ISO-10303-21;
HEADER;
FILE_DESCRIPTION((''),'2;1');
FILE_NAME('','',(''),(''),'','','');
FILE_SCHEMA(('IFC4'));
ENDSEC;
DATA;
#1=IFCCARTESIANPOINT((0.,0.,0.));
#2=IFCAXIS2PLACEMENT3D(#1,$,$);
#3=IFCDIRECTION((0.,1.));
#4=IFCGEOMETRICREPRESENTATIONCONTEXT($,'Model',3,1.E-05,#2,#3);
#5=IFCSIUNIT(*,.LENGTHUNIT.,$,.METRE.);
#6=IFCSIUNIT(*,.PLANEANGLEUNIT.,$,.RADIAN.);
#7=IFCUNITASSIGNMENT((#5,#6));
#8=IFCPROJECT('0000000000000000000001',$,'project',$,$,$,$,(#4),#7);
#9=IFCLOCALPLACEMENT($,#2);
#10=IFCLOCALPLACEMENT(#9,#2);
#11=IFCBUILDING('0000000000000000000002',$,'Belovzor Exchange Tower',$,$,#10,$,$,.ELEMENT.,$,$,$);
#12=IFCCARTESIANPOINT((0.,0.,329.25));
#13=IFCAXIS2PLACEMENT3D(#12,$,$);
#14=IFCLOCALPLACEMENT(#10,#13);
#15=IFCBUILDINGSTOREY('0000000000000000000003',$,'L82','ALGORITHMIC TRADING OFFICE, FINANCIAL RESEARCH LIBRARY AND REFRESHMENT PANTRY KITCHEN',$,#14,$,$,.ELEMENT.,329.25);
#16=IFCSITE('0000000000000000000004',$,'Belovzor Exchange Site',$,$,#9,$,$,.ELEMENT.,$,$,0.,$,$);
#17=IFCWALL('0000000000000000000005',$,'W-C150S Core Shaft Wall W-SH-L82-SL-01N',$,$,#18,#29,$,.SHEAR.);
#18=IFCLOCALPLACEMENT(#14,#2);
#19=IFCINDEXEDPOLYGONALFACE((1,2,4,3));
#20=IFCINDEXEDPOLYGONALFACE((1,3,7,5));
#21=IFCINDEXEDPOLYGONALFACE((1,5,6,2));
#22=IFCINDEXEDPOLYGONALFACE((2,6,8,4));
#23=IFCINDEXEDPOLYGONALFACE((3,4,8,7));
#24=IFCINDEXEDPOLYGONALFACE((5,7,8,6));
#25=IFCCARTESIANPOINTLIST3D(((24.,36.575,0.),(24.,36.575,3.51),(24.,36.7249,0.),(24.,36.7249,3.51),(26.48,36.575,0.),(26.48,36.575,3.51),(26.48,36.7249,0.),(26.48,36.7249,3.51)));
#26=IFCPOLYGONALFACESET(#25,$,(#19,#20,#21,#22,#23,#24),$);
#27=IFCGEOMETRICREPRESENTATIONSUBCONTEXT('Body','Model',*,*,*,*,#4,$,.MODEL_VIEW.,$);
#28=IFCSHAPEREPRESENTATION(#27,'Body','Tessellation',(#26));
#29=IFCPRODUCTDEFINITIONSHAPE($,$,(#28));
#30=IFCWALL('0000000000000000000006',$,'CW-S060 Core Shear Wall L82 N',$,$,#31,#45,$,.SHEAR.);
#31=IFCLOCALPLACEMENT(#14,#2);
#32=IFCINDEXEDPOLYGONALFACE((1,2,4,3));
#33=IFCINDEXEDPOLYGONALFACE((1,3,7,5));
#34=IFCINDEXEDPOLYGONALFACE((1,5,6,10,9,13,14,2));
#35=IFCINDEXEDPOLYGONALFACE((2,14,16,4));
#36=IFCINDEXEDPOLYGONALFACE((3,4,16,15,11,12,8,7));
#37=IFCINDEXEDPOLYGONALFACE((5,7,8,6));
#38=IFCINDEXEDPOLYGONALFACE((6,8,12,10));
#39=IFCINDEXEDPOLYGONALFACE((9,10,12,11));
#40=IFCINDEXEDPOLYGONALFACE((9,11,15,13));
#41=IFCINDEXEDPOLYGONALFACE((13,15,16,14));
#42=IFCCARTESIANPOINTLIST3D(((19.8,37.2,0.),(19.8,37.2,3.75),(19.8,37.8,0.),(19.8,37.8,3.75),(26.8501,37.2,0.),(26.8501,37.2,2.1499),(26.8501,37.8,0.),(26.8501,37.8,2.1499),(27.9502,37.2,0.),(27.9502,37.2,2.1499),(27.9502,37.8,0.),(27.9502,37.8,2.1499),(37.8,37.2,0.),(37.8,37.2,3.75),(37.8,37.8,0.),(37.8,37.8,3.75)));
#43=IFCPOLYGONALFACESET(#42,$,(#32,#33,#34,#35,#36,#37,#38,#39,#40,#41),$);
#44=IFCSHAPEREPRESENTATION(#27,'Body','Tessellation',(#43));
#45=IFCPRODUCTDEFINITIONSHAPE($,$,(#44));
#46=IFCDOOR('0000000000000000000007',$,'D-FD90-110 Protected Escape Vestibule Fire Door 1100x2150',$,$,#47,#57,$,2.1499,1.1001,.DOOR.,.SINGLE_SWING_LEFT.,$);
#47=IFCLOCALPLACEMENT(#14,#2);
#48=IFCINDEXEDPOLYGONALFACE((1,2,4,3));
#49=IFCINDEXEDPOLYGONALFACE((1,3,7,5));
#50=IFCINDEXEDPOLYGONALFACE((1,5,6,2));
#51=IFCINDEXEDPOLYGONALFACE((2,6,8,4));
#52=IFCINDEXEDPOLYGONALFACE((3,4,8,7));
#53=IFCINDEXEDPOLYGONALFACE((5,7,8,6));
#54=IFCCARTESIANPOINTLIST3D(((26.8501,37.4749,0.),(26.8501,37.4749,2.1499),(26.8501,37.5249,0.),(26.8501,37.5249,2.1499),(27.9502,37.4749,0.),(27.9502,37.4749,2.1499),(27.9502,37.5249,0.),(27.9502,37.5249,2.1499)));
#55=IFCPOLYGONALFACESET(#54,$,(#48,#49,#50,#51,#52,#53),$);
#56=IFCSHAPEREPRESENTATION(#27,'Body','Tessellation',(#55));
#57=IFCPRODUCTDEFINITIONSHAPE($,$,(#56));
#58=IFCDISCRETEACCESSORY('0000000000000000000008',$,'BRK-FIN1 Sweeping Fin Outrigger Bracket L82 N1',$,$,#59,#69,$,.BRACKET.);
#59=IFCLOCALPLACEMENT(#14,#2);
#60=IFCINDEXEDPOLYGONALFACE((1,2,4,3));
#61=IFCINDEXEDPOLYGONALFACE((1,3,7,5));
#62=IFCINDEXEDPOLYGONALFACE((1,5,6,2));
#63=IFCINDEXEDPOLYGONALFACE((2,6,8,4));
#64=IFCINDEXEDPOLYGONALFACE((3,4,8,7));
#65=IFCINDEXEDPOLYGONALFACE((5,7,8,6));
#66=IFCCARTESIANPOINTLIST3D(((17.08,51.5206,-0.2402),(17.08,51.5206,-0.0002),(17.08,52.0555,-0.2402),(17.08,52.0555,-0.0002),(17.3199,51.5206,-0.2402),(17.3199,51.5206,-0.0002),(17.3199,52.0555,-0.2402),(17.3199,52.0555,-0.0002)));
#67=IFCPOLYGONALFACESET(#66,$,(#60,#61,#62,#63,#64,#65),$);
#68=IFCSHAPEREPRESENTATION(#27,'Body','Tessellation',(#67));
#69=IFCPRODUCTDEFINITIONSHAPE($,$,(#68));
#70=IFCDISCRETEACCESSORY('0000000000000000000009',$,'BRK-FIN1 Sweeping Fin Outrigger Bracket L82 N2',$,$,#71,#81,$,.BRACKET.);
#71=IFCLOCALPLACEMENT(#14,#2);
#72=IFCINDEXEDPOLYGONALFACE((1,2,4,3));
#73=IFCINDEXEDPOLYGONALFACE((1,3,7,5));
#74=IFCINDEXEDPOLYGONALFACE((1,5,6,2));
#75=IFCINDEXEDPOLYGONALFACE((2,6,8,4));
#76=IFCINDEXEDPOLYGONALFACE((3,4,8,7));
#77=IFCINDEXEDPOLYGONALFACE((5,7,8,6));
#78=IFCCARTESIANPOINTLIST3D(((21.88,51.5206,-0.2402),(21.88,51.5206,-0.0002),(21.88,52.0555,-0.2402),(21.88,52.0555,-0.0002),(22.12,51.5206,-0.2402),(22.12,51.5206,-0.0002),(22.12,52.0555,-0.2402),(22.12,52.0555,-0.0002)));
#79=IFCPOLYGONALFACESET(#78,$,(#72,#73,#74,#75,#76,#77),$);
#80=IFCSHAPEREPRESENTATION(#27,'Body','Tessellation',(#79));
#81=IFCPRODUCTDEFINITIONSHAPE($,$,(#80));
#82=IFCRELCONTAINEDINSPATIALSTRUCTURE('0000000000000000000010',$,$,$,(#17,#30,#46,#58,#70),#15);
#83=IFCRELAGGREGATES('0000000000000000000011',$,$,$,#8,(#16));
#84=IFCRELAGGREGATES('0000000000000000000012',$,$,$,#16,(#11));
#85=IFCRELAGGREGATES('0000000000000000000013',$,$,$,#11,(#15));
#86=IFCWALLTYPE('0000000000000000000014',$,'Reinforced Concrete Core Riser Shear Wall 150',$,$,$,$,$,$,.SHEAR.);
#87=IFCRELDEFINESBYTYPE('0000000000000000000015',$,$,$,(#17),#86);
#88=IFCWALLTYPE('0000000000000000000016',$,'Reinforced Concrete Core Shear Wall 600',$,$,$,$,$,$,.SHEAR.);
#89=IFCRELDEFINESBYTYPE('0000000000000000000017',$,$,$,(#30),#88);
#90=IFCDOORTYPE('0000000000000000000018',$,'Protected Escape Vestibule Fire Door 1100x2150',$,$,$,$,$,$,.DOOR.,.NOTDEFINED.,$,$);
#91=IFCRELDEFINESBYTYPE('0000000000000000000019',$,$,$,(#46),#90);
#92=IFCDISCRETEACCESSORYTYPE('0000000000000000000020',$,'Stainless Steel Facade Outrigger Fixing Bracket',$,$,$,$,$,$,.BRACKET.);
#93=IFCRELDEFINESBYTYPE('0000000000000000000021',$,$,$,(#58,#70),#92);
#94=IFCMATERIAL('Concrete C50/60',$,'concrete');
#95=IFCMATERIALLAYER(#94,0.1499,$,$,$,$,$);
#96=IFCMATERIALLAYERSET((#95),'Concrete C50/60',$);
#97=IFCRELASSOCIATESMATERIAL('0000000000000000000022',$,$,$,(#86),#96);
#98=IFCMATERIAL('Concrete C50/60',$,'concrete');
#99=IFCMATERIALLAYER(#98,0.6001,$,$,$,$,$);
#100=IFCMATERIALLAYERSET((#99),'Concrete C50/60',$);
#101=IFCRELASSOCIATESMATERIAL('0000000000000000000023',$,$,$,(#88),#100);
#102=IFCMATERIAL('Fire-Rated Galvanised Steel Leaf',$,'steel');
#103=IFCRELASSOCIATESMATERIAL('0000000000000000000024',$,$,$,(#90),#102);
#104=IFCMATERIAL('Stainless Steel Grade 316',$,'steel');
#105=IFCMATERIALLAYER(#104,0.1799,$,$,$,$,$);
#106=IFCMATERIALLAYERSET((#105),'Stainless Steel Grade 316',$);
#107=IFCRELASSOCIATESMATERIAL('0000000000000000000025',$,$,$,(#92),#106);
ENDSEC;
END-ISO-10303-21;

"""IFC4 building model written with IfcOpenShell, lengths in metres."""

from ifc_helpers import new_model, si_unit, direction, frame, frame_2d, origin, origin_2d, place, context, subcontext, project, spatial, rectangle, extrude, material, layer, layer_set, type_object, element, fill, save


model = new_model("IFC4")

# Units and contexts
model_context = context("Model", 3, precision=1e-05, world=origin(), true_north=direction((0.0, 1.0)))
body_context = subcontext(model_context, "Body", "Model", "MODEL_VIEW")
ifc_project = project(units=[si_unit("LENGTHUNIT", "METRE"), si_unit("PLANEANGLEUNIT", "RADIAN")], contexts=[model_context])

# Site, building, storey
site_placement = place(None, origin())
site = spatial("IfcSite", under=ifc_project, at=site_placement, Name="Belovzor Exchange Site", CompositionType="ELEMENT", RefElevation=0.0)
building_placement = place(site_placement, origin())
building = spatial("IfcBuilding", under=site, at=building_placement, Name="Belovzor Exchange Tower", CompositionType="ELEMENT")
storey_placement = place(building_placement, frame((0.0, 0.0, 329.25)))
storey = spatial("IfcBuildingStorey", under=building, at=storey_placement, Name="L82", Description="ALGORITHMIC TRADING OFFICE, FINANCIAL RESEARCH LIBRARY AND REFRESHMENT PANTRY KITCHEN", CompositionType="ELEMENT", Elevation=329.25)

# Wall
ifc_material_1 = material(Name="Concrete C50/60", Category="concrete")
ifc_layer_1 = layer(ifc_material_1, 0.1499)
ifc_layer_set_1 = layer_set([ifc_layer_1], Name="Concrete C50/60")
wall_type_1 = type_object("IfcWallType", Name="Reinforced Concrete Core Riser Shear Wall 150", PredefinedType="SHEAR", material=ifc_layer_set_1)
wall_1_placement = place(storey_placement, frame((24.0, 36.6499, 0.0), z_axis=(0.0, 0.0, 1.0), x_axis=(1.0, 0.0, 0.0)))
element("IfcWall", 1, at=wall_1_placement, inside=storey, type_object=wall_type_1, Name="W-C150S Core Shaft Wall W-SH-L82-SL-01N", PredefinedType="SHEAR", context=body_context, shape_type="SweptSolid", body=[
    extrude(rectangle(XDim=2.48, YDim=0.1499, at=frame_2d((1.24, 0.0))), origin(), (0.0, 0.0, 1.0), 3.51),
])

# Wall, opening, door
ifc_material_2 = material(Name="Concrete C50/60", Category="concrete")
ifc_layer_2 = layer(ifc_material_2, 0.6001)
ifc_layer_set_2 = layer_set([ifc_layer_2], Name="Concrete C50/60")
wall_type_2 = type_object("IfcWallType", Name="Reinforced Concrete Core Shear Wall 600", PredefinedType="SHEAR", material=ifc_layer_set_2)
wall_2_placement = place(storey_placement, frame((19.8, 37.5, 0.0), z_axis=(0.0, 0.0, 1.0), x_axis=(1.0, 0.0, 0.0)))
wall_2 = element("IfcWall", 2, at=wall_2_placement, inside=storey, type_object=wall_type_2, Name="CW-S060 Core Shear Wall L82 N", PredefinedType="SHEAR", context=body_context, shape_type="SweptSolid", body=[
    extrude(rectangle(XDim=18.0, YDim=0.6001, at=frame_2d((9.0, 0.0))), origin(), (0.0, 0.0, 1.0), 3.75),
])
opening_1_placement = place(wall_2_placement, frame((7.05, 0.0, 0.0)))
opening_1 = element("IfcOpeningElement", 3, at=opening_1_placement, cuts=wall_2, PredefinedType="OPENING", context=body_context, shape_type="SweptSolid", body=[
    extrude(rectangle(XDim=1.1001, YDim=2.1499, at=frame_2d((0.55, 1.075))), frame((0.0, 0.3101, 0.0), z_axis=(0.0, -1.0, 0.0), x_axis=(1.0, 0.0, 0.0)), (0.0, 0.0, 1.0), 0.6201),
])
ifc_material_3 = material(Name="Fire-Rated Galvanised Steel Leaf", Category="steel")
door_type_1 = type_object("IfcDoorType", Name="Protected Escape Vestibule Fire Door 1100x2150", OperationType="NOTDEFINED", PredefinedType="DOOR", material=ifc_material_3)
door_1_placement = place(opening_1_placement, origin())
door_1 = element("IfcDoor", 4, at=door_1_placement, inside=storey, type_object=door_type_1, Name="D-FD90-110 Protected Escape Vestibule Fire Door 1100x2150", OperationType="SINGLE_SWING_LEFT", OverallHeight=2.1499, OverallWidth=1.1001, PredefinedType="DOOR", context=body_context, shape_type="SweptSolid", body=[
    extrude(rectangle(XDim=1.1001, YDim=2.1499, at=frame_2d((0.55, 1.075))), frame((0.0, 0.0249, 0.0), z_axis=(0.0, -1.0, 0.0), x_axis=(1.0, 0.0, 0.0)), (0.0, 0.0, 1.0), 0.05),
])
fill(opening_1, door_1)

# Discrete accessories
ifc_material_4 = material(Name="Stainless Steel Grade 316", Category="steel")
ifc_layer_3 = layer(ifc_material_4, 0.1799)
ifc_layer_set_3 = layer_set([ifc_layer_3], Name="Stainless Steel Grade 316")
discrete_accessory_type = type_object("IfcDiscreteAccessoryType", Name="Stainless Steel Facade Outrigger Fixing Bracket", PredefinedType="BRACKET", material=ifc_layer_set_3)
for number, where, z_axis, x_axis, name in (
    (5, (17.2, 51.7881, -0.2402), (0.0, 0.0, 1.0), (0.0, 1.0, 0.0), "BRK-FIN1 Sweeping Fin Outrigger Bracket L82 N1"),
    (6, (22.0, 51.7881, -0.2402), (0.0, 0.0, 1.0), (0.0, 1.0, 0.0), "BRK-FIN1 Sweeping Fin Outrigger Bracket L82 N2"),
):
    element("IfcDiscreteAccessory", number, at=place(storey_placement, frame(where, z_axis=z_axis, x_axis=x_axis)), inside=storey, type_object=discrete_accessory_type, Name=name, PredefinedType="BRACKET", context=body_context, shape_type="SweptSolid", body=[
        extrude(rectangle(XDim=0.5349, YDim=0.24, at=origin_2d()), origin(), (0.0, 0.0, 1.0), 0.24),
    ])

save(model, "model.ifc")
